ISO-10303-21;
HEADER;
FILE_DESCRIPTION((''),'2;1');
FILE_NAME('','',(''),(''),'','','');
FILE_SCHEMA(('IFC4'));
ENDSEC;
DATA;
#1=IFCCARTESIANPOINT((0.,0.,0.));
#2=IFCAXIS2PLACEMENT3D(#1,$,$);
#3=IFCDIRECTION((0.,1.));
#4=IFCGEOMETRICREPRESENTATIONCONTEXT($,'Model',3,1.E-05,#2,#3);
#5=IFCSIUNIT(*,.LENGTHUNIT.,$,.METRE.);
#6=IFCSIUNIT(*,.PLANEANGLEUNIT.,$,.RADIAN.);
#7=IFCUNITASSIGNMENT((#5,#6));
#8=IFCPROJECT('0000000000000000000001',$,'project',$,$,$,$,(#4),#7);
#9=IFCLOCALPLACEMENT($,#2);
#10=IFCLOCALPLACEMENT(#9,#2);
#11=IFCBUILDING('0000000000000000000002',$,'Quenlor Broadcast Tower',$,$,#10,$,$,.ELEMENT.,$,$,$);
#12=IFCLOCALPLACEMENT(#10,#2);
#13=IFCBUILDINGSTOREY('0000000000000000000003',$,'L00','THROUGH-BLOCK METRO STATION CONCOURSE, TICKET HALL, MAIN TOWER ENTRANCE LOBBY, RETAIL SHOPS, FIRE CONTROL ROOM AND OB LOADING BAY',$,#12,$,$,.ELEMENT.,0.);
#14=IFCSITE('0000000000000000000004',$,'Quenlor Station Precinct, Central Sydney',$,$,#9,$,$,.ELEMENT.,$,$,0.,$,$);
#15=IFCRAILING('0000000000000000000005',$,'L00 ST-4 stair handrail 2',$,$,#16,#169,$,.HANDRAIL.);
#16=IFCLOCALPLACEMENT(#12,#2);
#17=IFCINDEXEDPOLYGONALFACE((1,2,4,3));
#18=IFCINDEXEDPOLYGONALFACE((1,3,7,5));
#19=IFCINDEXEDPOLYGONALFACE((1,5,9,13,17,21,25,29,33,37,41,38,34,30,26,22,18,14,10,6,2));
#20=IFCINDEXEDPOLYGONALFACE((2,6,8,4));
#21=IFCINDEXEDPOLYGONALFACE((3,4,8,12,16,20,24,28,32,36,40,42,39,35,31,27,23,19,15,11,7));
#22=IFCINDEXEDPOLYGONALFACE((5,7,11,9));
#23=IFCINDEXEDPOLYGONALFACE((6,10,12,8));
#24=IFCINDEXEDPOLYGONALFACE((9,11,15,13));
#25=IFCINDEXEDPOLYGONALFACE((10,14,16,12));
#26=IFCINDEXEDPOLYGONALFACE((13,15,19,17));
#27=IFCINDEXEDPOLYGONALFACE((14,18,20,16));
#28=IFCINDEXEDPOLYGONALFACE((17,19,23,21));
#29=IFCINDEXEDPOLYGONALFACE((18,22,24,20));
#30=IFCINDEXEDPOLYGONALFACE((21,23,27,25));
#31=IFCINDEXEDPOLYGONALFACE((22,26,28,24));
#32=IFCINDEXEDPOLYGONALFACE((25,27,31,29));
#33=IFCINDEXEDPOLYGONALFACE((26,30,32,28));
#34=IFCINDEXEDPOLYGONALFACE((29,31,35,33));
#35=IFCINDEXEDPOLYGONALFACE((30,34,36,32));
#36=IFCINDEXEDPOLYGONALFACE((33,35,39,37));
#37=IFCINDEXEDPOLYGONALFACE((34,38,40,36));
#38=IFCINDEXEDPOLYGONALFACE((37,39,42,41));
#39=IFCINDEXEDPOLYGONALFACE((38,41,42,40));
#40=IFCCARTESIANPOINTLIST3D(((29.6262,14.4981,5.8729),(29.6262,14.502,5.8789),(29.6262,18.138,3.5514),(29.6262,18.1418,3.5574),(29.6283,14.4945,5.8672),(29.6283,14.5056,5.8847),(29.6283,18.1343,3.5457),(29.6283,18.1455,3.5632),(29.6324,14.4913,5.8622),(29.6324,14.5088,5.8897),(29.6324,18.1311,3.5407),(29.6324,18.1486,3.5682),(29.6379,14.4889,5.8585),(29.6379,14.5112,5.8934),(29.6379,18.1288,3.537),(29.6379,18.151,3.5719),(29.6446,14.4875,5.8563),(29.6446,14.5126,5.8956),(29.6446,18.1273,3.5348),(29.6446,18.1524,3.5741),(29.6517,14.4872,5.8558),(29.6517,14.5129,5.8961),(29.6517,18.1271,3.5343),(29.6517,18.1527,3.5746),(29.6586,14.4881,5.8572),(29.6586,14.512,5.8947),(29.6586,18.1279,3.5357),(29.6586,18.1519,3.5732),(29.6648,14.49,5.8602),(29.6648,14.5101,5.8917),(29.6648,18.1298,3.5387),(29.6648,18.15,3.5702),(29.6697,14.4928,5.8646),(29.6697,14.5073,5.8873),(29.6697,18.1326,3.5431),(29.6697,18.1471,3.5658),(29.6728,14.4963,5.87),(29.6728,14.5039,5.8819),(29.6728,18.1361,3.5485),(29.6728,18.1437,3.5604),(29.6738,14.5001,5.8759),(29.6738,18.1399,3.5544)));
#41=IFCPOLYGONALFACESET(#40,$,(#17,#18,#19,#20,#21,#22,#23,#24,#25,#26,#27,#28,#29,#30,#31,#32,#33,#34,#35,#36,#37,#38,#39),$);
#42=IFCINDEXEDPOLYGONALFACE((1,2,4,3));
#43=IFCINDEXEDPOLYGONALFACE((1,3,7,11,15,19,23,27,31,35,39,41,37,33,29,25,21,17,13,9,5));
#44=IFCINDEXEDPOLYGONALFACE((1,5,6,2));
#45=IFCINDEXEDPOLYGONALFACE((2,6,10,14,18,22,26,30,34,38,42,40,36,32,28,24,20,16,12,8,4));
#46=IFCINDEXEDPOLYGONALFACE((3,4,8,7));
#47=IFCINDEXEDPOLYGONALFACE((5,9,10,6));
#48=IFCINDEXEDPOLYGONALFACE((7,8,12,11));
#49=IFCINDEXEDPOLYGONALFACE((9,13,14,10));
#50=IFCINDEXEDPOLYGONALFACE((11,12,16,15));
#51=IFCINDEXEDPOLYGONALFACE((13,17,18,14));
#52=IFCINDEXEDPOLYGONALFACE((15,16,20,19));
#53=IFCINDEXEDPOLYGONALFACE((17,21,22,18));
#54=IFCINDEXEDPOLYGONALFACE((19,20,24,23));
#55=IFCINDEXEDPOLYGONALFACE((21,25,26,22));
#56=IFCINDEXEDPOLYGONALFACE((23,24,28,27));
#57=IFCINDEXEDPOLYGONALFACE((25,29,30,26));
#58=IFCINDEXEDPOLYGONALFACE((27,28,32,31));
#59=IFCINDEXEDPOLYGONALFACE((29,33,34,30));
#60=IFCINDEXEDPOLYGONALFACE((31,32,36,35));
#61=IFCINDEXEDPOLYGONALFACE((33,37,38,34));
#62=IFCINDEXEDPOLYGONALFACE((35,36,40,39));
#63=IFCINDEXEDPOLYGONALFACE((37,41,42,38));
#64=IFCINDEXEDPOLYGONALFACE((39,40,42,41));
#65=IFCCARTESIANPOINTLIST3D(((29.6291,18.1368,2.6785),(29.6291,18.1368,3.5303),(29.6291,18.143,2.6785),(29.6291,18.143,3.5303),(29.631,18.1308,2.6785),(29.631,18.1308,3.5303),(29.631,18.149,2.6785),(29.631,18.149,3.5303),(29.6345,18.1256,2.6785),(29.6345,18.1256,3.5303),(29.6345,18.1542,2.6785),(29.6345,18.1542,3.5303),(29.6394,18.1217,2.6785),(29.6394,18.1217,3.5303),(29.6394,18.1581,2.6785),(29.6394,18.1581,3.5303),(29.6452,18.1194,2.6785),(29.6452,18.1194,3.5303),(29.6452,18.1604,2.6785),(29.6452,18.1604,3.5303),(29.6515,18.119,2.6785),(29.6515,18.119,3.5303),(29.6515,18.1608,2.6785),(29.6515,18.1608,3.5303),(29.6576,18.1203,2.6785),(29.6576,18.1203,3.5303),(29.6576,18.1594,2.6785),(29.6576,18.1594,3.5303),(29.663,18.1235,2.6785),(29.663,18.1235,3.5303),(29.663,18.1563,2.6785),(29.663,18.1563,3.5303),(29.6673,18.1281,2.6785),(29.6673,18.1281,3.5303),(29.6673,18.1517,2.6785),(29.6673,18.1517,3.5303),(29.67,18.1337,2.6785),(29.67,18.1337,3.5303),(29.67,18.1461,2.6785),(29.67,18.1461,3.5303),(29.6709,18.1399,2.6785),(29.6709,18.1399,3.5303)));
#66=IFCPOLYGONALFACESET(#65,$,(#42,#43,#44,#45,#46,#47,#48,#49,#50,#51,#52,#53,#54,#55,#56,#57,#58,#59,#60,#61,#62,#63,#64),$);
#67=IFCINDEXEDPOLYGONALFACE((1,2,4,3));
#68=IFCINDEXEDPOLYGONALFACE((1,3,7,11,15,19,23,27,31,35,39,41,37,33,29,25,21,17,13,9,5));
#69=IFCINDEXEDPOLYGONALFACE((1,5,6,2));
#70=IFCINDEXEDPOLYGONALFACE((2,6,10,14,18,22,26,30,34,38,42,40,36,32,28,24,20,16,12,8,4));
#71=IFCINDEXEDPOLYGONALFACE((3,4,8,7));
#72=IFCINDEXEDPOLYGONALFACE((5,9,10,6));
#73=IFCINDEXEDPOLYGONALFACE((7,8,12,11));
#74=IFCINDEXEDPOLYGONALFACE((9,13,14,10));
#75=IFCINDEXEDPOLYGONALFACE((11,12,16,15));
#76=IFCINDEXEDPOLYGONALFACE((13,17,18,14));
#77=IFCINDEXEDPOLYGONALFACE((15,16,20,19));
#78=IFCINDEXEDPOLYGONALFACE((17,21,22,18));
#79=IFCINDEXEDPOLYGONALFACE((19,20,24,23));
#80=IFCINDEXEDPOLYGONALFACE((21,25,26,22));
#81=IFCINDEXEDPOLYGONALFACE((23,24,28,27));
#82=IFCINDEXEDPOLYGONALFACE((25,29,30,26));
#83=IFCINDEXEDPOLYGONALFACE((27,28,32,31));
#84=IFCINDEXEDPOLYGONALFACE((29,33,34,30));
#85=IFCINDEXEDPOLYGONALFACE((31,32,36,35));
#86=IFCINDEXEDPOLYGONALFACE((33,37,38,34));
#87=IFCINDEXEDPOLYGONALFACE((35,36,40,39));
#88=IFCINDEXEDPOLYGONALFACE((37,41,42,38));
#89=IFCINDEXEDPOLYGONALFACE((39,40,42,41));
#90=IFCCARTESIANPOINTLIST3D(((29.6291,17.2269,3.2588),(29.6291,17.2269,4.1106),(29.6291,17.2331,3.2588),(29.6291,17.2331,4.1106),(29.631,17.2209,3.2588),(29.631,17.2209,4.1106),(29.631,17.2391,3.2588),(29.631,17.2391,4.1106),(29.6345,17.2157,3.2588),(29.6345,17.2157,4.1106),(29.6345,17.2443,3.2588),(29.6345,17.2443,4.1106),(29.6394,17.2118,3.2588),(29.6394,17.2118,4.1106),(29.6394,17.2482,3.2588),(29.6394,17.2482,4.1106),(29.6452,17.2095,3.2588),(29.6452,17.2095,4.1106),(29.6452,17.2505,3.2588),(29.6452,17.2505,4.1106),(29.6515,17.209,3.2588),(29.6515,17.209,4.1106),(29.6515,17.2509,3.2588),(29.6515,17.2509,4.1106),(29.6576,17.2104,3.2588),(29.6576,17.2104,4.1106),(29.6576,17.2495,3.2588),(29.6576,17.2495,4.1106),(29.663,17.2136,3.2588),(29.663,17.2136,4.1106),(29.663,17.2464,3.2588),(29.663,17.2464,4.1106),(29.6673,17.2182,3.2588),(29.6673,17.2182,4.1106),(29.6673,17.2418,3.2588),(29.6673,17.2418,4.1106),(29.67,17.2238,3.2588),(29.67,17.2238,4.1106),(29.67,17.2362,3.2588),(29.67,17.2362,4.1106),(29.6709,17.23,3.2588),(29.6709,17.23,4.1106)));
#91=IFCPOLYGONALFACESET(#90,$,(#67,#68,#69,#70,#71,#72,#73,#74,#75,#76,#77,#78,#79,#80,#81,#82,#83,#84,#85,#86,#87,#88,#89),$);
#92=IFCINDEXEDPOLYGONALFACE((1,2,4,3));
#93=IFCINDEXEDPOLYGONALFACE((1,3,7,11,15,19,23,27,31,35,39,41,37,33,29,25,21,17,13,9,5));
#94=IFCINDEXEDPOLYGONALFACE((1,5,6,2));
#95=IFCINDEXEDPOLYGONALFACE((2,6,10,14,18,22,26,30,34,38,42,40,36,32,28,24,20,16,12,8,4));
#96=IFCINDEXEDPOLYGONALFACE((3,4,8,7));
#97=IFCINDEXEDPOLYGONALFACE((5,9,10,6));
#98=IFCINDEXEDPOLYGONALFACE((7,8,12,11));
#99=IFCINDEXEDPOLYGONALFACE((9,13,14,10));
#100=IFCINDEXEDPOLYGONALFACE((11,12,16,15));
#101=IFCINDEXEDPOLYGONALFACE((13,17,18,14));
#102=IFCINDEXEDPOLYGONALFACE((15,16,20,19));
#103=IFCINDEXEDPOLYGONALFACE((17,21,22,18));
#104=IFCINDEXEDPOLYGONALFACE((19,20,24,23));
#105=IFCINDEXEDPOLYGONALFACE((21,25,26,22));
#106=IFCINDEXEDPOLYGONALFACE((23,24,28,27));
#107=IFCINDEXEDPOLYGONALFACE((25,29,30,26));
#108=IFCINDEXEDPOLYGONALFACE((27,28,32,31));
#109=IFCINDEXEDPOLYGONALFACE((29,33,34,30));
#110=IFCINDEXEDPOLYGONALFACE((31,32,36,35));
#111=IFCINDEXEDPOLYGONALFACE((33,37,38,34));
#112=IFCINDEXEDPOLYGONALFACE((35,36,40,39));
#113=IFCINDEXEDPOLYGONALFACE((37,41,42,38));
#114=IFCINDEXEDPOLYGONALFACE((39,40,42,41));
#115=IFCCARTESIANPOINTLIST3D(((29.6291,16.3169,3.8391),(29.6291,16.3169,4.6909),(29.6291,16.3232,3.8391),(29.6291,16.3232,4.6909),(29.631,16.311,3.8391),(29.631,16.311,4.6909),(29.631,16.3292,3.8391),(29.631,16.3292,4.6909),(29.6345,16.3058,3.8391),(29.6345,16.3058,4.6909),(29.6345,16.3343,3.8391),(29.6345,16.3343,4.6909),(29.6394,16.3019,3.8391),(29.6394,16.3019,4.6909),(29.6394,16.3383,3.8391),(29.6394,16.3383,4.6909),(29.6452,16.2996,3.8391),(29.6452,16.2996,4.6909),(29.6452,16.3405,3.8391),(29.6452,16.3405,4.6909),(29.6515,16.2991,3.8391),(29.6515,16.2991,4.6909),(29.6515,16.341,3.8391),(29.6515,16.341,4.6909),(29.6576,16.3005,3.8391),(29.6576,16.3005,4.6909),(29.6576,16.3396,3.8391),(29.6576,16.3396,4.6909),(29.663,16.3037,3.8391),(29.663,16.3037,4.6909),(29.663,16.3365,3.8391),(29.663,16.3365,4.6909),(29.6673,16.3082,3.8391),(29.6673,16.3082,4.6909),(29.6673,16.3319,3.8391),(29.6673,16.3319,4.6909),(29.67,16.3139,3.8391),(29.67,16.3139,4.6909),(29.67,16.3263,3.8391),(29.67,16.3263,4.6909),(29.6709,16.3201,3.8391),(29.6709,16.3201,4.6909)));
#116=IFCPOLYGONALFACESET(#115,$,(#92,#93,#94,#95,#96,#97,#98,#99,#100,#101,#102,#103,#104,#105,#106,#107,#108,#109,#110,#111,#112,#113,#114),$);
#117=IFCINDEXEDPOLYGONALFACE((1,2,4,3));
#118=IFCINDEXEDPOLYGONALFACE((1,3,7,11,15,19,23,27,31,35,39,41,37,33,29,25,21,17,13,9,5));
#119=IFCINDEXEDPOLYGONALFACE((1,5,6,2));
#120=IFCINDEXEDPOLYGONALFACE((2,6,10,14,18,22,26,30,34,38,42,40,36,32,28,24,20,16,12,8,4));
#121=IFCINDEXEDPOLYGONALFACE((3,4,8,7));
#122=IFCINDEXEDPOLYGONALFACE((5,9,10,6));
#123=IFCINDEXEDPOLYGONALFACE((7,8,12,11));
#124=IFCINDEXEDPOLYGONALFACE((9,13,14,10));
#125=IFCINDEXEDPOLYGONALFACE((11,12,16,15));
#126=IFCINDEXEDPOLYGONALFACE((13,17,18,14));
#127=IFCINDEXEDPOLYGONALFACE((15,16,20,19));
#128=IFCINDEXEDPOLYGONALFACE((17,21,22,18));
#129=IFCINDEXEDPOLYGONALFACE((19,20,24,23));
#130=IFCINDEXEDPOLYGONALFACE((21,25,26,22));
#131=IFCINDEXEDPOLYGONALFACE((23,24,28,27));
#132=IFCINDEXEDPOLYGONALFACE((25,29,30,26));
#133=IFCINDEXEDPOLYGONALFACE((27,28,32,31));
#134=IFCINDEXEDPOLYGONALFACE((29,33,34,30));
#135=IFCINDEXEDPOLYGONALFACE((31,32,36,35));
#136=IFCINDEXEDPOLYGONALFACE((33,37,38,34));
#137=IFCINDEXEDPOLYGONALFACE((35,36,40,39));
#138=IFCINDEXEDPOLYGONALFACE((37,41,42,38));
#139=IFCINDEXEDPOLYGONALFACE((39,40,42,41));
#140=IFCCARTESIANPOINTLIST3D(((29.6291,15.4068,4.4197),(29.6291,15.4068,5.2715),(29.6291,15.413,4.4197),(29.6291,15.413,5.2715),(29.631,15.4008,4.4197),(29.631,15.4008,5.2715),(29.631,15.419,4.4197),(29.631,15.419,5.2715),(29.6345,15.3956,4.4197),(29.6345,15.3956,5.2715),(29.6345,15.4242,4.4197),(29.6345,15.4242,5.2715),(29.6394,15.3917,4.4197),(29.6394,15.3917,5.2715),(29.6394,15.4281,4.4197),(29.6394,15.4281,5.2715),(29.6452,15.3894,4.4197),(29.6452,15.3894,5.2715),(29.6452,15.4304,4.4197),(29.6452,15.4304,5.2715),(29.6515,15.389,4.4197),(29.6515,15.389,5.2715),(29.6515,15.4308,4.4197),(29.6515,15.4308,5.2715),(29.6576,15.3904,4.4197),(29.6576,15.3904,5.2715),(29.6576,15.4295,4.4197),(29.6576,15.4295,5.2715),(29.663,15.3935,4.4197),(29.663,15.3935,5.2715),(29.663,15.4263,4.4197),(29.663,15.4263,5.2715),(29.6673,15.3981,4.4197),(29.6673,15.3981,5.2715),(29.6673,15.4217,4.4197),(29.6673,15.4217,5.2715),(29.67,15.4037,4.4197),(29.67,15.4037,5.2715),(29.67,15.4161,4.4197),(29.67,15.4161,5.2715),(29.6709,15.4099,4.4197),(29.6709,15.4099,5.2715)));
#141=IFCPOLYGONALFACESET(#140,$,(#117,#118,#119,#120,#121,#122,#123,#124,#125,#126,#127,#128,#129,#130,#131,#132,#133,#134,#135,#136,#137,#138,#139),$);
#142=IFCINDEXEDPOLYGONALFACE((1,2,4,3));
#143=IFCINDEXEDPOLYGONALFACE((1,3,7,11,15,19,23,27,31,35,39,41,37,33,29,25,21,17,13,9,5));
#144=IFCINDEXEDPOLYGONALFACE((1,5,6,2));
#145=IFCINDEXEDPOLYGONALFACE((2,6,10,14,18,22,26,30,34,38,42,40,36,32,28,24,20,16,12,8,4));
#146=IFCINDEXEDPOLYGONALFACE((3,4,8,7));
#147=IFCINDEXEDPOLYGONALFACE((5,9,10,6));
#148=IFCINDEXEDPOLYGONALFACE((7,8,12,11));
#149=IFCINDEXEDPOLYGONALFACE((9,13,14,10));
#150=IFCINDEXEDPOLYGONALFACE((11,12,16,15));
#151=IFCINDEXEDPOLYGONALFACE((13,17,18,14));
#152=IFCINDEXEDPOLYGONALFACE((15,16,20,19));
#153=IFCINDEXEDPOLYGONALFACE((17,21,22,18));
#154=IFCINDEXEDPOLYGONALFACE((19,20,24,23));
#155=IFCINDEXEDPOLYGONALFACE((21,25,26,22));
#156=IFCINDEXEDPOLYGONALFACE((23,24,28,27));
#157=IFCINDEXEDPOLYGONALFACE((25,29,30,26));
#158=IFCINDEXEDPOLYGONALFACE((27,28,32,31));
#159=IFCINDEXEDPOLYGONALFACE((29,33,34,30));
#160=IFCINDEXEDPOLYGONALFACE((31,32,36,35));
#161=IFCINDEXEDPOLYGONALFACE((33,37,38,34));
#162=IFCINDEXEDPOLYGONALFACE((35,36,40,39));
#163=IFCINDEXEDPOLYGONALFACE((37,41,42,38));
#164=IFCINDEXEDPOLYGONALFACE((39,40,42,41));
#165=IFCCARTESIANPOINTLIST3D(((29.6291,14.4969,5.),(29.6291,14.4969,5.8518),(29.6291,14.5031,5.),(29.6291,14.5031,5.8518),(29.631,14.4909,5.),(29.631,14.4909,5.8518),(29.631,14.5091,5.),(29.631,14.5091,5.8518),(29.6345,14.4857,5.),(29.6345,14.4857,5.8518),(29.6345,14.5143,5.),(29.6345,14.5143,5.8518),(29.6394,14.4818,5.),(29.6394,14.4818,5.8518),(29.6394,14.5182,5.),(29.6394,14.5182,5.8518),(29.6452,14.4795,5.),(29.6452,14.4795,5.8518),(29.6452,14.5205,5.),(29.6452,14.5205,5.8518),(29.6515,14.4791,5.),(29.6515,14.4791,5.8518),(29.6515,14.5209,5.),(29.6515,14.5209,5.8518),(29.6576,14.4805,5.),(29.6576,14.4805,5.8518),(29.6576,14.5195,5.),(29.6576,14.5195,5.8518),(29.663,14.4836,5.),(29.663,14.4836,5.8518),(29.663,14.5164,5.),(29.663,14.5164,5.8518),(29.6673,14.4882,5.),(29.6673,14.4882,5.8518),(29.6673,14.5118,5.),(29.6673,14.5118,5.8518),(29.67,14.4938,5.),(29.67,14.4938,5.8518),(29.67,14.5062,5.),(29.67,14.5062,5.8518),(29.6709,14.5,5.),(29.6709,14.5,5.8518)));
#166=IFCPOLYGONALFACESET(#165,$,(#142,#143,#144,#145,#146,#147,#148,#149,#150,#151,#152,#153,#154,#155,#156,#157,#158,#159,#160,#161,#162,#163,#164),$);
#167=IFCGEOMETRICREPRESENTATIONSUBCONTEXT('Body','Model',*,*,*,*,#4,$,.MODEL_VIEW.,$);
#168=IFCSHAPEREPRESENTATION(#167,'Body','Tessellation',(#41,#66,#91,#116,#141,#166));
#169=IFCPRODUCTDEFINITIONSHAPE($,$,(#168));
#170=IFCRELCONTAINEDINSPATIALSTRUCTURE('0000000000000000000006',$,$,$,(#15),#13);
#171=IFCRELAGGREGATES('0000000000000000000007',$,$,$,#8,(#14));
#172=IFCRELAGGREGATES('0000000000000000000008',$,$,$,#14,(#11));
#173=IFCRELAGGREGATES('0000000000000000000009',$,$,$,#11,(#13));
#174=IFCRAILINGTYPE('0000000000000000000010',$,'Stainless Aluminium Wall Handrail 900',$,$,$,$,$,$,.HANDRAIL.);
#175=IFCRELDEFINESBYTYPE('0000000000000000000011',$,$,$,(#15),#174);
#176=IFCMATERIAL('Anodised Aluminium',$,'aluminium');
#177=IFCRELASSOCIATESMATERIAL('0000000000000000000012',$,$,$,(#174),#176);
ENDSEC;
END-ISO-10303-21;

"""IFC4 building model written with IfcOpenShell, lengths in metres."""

from ifc_helpers import new_model, si_unit, direction, frame, origin, origin_2d, place, context, subcontext, project, spatial, circle, extrude, material, type_object, element, save


model = new_model("IFC4")

# Units and contexts
model_context = context("Model", 3, precision=1e-05, world=origin(), true_north=direction((0.0, 1.0)))
body_context = subcontext(model_context, "Body", "Model", "MODEL_VIEW")
ifc_project = project(units=[si_unit("LENGTHUNIT", "METRE"), si_unit("PLANEANGLEUNIT", "RADIAN")], contexts=[model_context])

# Site, building, storey
site_placement = place(None, origin())
site = spatial("IfcSite", under=ifc_project, at=site_placement, Name="Quenlor Station Precinct, Central Sydney", CompositionType="ELEMENT", RefElevation=0.0)
building_placement = place(site_placement, origin())
building = spatial("IfcBuilding", under=site, at=building_placement, Name="Quenlor Broadcast Tower", CompositionType="ELEMENT")
storey_placement = place(building_placement, origin())
storey = spatial("IfcBuildingStorey", under=building, at=storey_placement, Name="L00", Description="THROUGH-BLOCK METRO STATION CONCOURSE, TICKET HALL, MAIN TOWER ENTRANCE LOBBY, RETAIL SHOPS, FIRE CONTROL ROOM AND OB LOADING BAY", CompositionType="ELEMENT", Elevation=0.0)

# Railing
ifc_material_1 = material(Name="Anodised Aluminium", Category="aluminium")
railing_type_1 = type_object("IfcRailingType", Name="Stainless Aluminium Wall Handrail 900", PredefinedType="HANDRAIL", material=ifc_material_1)
railing_1_placement = place(storey_placement, frame((29.6499, 18.1399, 2.6785)))
element("IfcRailing", 1, at=railing_1_placement, inside=storey, type_object=railing_type_1, Name="L00 ST-4 stair handrail 2", PredefinedType="HANDRAIL", context=body_context, shape_type="SweptSolid", body=[
    extrude(circle(Radius=0.0239, at=origin_2d()), frame((0.0, 0.0, 0.876), z_axis=(0.0, -0.843112, 0.537739), x_axis=(1.0, 0.0, 0.0)), (0.0, 0.0, 1.0), 4.3171),
    extrude(circle(Radius=0.021, at=origin_2d()), origin(), (0.0, 0.0, 1.0), 0.8518),
    extrude(circle(Radius=0.021, at=origin_2d()), frame((0.0, -0.9099, 0.5803)), (0.0, 0.0, 1.0), 0.8518),
    extrude(circle(Radius=0.021, at=origin_2d()), frame((0.0, -1.8198, 1.1606)), (0.0, 0.0, 1.0), 0.8518),
    extrude(circle(Radius=0.021, at=origin_2d()), frame((0.0, -2.73, 1.7412)), (0.0, 0.0, 1.0), 0.8518),
    extrude(circle(Radius=0.021, at=origin_2d()), frame((0.0, -3.6399, 2.3215)), (0.0, 0.0, 1.0), 0.8518),
])

save(model, "model.ifc")
